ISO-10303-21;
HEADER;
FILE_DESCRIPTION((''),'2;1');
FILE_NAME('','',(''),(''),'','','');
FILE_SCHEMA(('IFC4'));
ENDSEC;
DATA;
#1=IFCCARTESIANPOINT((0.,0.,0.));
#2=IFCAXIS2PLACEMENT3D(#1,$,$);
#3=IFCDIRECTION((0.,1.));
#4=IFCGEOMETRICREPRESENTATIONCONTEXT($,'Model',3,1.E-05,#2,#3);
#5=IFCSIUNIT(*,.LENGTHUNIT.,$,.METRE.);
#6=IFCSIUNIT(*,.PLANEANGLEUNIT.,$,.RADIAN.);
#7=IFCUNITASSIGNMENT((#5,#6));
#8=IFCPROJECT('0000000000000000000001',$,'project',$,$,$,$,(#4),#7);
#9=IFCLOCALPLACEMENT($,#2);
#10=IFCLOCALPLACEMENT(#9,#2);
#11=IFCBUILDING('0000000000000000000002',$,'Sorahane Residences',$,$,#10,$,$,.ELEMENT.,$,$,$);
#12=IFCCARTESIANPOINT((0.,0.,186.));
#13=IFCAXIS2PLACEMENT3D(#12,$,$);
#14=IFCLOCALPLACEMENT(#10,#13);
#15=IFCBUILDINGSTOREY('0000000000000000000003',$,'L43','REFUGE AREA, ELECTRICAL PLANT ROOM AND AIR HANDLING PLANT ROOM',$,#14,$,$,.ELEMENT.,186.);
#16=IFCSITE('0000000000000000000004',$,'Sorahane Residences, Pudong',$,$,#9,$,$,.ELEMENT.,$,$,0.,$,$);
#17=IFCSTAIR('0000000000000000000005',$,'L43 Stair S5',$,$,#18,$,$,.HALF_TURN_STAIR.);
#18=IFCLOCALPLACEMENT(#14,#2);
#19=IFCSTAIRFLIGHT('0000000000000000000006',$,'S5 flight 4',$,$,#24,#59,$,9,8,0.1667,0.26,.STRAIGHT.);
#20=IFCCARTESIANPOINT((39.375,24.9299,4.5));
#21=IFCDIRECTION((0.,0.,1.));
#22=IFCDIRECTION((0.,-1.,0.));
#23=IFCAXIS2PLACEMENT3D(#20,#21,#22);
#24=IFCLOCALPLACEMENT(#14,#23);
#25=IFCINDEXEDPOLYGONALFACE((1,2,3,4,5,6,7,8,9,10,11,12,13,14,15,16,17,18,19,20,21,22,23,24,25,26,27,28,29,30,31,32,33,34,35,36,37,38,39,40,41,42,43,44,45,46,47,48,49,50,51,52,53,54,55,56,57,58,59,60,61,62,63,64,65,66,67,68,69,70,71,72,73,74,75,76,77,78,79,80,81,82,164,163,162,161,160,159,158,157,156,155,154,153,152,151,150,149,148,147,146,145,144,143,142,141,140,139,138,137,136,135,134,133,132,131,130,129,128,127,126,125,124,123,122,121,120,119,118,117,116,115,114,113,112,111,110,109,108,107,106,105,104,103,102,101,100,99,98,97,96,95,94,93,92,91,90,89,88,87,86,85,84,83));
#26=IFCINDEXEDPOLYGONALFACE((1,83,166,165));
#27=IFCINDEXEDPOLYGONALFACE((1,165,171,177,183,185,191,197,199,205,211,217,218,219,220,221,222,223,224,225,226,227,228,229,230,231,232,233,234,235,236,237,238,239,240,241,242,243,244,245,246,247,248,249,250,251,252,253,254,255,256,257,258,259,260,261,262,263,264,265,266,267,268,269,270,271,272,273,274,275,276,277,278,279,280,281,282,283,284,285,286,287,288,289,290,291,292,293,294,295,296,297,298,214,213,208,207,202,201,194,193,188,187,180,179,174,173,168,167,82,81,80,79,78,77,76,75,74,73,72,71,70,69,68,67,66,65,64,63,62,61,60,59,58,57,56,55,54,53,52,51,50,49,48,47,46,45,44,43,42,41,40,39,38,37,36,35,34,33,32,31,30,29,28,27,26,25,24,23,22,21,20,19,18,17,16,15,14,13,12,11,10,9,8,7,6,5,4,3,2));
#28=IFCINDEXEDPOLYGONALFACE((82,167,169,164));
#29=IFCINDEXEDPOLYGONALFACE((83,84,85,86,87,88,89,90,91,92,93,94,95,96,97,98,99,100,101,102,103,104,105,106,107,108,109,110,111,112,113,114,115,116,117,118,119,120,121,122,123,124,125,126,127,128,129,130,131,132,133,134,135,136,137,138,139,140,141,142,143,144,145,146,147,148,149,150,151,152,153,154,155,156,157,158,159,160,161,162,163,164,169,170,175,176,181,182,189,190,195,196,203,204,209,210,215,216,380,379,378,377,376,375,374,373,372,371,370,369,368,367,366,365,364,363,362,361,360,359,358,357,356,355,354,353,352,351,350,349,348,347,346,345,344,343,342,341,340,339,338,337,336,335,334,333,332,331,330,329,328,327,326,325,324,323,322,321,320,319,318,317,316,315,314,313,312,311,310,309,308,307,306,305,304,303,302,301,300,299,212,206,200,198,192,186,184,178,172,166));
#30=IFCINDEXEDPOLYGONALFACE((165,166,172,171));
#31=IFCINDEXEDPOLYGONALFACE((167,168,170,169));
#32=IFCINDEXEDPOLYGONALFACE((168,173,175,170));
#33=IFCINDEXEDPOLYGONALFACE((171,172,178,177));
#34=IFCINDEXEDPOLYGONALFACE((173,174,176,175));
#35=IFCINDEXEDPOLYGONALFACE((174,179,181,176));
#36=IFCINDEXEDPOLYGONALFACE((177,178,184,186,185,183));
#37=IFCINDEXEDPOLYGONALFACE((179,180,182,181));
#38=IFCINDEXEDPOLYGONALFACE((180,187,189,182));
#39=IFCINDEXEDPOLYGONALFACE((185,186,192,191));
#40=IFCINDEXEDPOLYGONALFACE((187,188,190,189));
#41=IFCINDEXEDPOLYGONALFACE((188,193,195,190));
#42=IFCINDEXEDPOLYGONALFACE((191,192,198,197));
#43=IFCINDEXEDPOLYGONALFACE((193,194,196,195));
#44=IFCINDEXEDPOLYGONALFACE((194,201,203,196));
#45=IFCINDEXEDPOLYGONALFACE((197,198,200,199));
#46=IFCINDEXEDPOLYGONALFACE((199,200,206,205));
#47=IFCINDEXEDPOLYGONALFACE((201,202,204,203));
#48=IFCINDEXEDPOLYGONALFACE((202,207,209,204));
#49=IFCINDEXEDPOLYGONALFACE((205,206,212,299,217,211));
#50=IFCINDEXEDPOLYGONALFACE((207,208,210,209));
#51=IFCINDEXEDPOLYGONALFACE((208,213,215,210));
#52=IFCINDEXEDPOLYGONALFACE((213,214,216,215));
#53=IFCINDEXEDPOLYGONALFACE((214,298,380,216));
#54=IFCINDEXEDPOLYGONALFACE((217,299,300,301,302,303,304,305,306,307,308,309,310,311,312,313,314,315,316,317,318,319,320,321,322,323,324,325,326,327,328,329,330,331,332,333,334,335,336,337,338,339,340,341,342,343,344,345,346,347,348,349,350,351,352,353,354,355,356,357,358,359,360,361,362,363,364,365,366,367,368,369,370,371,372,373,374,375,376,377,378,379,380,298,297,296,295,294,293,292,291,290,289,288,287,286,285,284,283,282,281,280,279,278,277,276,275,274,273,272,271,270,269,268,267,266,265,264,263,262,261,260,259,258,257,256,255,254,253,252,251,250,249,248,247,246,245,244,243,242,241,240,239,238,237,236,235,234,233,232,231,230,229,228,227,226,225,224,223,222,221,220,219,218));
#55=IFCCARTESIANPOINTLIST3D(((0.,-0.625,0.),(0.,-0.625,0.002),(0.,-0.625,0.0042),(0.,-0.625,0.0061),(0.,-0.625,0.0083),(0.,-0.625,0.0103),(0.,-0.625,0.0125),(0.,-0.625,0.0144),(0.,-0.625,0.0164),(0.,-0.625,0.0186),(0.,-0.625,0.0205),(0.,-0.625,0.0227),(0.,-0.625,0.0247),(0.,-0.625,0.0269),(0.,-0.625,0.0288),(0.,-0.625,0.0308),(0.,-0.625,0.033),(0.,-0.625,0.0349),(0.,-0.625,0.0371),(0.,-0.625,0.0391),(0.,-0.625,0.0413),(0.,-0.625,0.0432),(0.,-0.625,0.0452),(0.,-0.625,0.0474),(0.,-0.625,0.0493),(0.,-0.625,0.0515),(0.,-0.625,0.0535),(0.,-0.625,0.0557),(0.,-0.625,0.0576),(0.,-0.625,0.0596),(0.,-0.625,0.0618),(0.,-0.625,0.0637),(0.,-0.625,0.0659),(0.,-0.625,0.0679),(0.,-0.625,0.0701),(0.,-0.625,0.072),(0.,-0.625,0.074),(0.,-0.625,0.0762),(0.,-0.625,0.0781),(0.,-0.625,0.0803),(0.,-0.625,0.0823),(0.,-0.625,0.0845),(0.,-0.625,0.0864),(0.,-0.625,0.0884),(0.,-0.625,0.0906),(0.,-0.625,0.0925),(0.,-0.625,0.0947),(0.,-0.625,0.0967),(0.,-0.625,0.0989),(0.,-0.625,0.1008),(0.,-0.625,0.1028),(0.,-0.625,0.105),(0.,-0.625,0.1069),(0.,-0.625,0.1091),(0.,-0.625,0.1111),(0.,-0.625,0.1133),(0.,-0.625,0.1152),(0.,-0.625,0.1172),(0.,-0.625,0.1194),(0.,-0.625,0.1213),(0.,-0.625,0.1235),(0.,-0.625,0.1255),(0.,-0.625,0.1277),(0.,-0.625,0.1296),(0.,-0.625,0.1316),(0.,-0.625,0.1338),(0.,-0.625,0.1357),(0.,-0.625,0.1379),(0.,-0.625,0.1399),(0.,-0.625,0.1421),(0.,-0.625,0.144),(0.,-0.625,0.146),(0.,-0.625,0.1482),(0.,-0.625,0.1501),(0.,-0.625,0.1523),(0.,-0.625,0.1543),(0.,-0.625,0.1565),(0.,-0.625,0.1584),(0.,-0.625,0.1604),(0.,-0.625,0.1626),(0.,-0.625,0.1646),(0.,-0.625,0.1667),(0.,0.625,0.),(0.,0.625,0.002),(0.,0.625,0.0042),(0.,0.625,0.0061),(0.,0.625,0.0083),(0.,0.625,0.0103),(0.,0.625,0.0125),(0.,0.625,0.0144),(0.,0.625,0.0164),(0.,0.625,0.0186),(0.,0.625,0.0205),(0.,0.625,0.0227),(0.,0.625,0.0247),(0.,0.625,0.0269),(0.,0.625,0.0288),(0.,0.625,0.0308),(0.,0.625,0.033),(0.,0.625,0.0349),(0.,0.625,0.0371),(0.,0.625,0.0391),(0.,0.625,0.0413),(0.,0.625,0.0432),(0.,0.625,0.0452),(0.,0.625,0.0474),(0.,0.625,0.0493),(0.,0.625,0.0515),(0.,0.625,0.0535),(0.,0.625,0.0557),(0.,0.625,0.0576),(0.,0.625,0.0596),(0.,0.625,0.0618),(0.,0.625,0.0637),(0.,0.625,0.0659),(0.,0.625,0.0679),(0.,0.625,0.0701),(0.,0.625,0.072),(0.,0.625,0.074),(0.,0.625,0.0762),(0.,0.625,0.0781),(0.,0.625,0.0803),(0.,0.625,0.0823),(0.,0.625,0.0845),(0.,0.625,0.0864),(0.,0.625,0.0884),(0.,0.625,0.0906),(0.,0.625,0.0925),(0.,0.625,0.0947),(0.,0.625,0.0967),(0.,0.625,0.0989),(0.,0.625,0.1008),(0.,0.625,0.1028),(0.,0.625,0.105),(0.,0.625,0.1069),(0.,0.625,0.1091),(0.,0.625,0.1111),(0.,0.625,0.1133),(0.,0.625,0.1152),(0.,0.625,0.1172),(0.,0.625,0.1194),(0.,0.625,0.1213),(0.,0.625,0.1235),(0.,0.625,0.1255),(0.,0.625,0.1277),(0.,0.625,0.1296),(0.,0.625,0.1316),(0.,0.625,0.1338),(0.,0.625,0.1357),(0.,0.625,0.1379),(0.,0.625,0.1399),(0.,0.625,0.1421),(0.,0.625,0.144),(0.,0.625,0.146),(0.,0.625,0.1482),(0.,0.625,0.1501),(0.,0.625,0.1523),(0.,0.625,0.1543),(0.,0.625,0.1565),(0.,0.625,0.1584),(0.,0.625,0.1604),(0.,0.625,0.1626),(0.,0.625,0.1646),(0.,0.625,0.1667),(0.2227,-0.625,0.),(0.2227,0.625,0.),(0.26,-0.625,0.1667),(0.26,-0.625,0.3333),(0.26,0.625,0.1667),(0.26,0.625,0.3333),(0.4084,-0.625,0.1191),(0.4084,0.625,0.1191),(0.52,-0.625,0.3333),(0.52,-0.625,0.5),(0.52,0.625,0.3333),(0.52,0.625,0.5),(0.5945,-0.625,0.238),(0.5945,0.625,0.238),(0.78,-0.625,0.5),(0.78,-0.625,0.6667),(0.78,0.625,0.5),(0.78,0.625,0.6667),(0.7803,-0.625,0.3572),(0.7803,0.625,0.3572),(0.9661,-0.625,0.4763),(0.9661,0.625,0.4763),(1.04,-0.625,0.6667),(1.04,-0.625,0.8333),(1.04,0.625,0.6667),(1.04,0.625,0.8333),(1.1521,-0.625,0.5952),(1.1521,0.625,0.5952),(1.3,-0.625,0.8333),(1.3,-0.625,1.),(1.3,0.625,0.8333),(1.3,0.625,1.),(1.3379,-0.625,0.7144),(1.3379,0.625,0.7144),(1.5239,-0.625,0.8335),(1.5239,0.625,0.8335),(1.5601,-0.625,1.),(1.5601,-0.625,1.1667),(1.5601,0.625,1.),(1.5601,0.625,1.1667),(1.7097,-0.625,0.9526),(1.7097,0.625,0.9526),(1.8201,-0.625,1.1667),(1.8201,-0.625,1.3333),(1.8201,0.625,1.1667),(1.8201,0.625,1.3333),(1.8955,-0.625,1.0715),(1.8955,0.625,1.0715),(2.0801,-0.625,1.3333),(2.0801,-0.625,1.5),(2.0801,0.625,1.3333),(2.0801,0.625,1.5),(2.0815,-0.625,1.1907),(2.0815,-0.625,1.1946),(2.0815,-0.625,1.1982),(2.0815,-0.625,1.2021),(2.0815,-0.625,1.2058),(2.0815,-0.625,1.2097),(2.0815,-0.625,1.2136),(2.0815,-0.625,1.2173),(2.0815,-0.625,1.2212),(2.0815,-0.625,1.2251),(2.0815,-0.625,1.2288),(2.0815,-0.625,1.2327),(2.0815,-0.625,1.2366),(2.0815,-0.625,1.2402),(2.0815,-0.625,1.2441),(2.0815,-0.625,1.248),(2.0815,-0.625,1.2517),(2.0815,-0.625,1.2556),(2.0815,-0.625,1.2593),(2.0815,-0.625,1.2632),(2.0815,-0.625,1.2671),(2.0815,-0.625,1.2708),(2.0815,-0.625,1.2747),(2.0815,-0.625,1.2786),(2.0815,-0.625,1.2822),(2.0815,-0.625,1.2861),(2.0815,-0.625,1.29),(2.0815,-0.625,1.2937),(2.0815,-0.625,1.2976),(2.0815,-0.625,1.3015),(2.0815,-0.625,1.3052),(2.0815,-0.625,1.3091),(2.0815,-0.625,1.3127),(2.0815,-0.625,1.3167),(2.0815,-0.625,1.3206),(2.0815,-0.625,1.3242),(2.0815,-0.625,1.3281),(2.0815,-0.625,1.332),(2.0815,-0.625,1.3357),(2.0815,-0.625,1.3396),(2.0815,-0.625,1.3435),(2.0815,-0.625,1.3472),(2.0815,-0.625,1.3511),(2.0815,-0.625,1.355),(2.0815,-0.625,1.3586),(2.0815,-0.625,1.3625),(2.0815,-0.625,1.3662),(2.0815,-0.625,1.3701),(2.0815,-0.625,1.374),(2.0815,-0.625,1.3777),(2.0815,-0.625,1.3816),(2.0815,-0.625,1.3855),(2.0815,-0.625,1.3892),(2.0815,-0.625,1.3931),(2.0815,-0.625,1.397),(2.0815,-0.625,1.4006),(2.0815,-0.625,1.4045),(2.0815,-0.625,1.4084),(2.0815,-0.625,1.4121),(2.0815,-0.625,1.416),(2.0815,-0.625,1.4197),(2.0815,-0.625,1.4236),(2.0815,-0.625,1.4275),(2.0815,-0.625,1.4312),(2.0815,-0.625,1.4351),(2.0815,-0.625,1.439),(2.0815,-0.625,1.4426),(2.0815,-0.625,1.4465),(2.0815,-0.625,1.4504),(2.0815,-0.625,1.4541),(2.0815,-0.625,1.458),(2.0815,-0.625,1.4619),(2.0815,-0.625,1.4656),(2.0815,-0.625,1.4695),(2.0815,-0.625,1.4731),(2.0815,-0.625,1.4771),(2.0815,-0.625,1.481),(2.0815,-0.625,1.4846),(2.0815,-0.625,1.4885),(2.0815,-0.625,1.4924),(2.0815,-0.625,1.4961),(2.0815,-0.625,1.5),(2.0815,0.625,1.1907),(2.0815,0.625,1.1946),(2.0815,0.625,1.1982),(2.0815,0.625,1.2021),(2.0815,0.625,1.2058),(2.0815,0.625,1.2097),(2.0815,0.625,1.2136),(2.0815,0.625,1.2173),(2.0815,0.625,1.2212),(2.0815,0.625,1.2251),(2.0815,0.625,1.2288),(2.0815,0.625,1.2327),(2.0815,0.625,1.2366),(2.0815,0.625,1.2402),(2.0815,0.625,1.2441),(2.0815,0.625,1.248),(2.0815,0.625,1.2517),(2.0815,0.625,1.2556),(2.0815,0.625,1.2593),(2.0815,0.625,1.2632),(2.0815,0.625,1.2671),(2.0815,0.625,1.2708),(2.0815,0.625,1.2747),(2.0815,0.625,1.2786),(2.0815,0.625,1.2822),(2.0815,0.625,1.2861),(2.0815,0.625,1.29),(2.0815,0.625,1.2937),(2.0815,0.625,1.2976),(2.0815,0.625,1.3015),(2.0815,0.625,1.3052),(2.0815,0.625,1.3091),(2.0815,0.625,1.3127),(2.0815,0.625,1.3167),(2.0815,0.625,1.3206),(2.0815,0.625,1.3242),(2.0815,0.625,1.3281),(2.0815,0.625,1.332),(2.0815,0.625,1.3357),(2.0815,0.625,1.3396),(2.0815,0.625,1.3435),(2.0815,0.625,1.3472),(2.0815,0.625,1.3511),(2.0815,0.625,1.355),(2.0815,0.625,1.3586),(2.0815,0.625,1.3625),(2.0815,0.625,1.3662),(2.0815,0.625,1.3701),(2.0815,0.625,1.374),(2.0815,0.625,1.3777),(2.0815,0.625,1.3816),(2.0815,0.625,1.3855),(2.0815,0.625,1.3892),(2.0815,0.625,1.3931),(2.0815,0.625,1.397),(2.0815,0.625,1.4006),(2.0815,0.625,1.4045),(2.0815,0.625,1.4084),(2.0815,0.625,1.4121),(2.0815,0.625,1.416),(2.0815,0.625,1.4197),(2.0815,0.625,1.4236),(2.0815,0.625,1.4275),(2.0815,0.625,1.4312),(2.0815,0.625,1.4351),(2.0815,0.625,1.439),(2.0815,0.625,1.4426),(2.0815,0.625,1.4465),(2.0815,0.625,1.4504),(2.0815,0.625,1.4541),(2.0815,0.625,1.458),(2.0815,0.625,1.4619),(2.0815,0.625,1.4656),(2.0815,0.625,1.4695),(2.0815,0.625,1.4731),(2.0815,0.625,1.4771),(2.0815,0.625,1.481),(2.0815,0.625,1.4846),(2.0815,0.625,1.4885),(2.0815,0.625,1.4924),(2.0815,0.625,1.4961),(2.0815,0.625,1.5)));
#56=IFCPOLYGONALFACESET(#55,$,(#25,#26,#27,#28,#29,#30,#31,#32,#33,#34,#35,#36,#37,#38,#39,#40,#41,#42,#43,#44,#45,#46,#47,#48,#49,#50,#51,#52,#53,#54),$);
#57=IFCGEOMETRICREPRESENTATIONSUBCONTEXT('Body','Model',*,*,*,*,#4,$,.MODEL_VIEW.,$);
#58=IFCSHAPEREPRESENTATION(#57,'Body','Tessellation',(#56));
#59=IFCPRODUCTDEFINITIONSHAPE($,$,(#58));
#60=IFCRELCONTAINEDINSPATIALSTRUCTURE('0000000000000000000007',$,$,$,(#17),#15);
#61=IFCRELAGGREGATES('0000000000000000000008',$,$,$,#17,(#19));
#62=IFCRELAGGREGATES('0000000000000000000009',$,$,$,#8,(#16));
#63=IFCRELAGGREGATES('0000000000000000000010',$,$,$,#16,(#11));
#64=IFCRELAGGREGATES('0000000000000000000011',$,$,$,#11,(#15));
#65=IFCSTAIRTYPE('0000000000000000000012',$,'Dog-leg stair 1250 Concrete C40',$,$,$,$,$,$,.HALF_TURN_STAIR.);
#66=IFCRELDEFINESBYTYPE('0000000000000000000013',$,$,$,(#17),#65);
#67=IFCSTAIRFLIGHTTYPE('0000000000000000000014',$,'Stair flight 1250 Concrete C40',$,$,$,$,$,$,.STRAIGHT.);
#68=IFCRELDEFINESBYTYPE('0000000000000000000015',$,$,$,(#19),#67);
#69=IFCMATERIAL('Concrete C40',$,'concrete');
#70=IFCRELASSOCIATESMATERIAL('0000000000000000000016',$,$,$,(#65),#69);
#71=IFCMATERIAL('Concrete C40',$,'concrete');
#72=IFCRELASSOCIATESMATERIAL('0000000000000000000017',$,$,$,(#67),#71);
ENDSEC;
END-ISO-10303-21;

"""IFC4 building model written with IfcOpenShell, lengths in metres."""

from ifc_helpers import new_model, si_unit, direction, frame, origin, place, context, subcontext, project, spatial, polyline, outline, extrude, material, type_object, element, aggregate, save


model = new_model("IFC4")

# Units and contexts
model_context = context("Model", 3, precision=1e-05, world=origin(), true_north=direction((0.0, 1.0)))
body_context = subcontext(model_context, "Body", "Model", "MODEL_VIEW")
ifc_project = project(units=[si_unit("LENGTHUNIT", "METRE"), si_unit("PLANEANGLEUNIT", "RADIAN")], contexts=[model_context])

# Site, building, storey
site_placement = place(None, origin())
site = spatial("IfcSite", under=ifc_project, at=site_placement, Name="Sorahane Residences, Pudong", CompositionType="ELEMENT", RefElevation=0.0)
building_placement = place(site_placement, origin())
building = spatial("IfcBuilding", under=site, at=building_placement, Name="Sorahane Residences", CompositionType="ELEMENT")
storey_placement = place(building_placement, frame((0.0, 0.0, 186.0)))
storey = spatial("IfcBuildingStorey", under=building, at=storey_placement, Name="L43", Description="REFUGE AREA, ELECTRICAL PLANT ROOM AND AIR HANDLING PLANT ROOM", CompositionType="ELEMENT", Elevation=186.0)

# Shared definitions
ifc_material_1 = material(Name="Concrete C40", Category="concrete")
stair_type = type_object("IfcStairType", Name="Dog-leg stair 1250 Concrete C40", PredefinedType="HALF_TURN_STAIR", material=ifc_material_1)
ifc_material_2 = material(Name="Concrete C40", Category="concrete")
stair_flight_type = type_object("IfcStairFlightType", Name="Stair flight 1250 Concrete C40", PredefinedType="STRAIGHT", material=ifc_material_2)

# Stair, stair flight
stair_1_placement = place(storey_placement, origin())
stair_1 = element("IfcStair", 1, at=stair_1_placement, inside=storey, type_object=stair_type, Name="L43 Stair S5", PredefinedType="HALF_TURN_STAIR")
stair_flight_1_placement = place(storey_placement, frame((39.375, 24.9299, 4.5), z_axis=(0.0, 0.0, 1.0), x_axis=(0.0, -1.0, 0.0)))
stair_flight_1 = element("IfcStairFlight", 2, at=stair_flight_1_placement, type_object=stair_flight_type, Name="S5 flight 4", NumberOfRisers=9, NumberOfTreads=8, PredefinedType="STRAIGHT", RiserHeight=0.1667, TreadLength=0.26, context=body_context, shape_type="SweptSolid", body=[
    extrude(outline(polyline([(0.0, 0.0), (0.0, 0.002), (0.0, 0.0042), (0.0, 0.0061), (0.0, 0.0083), (0.0, 0.0103), (0.0, 0.0125), (0.0, 0.0144), (0.0, 0.0164), (0.0, 0.0186), (0.0, 0.0205), (0.0, 0.0227), (0.0, 0.0247), (0.0, 0.0269), (0.0, 0.0288), (0.0, 0.0308), (0.0, 0.033), (0.0, 0.0349), (0.0, 0.0371), (0.0, 0.0391), (0.0, 0.0413), (0.0, 0.0432), (0.0, 0.0452), (0.0, 0.0474), (0.0, 0.0493), (0.0, 0.0515), (0.0, 0.0535), (0.0, 0.0557), (0.0, 0.0576), (0.0, 0.0596), (0.0, 0.0618), (0.0, 0.0637), (0.0, 0.0659), (0.0, 0.0679), (0.0, 0.0701), (0.0, 0.072), (0.0, 0.074), (0.0, 0.0762), (0.0, 0.0781), (0.0, 0.0803), (0.0, 0.0823), (0.0, 0.0845), (0.0, 0.0864), (0.0, 0.0884), (0.0, 0.0906), (0.0, 0.0925), (0.0, 0.0947), (0.0, 0.0967), (0.0, 0.0989), (0.0, 0.1008), (0.0, 0.1028), (0.0, 0.105), (0.0, 0.1069), (0.0, 0.1091), (0.0, 0.1111), (0.0, 0.1133), (0.0, 0.1152), (0.0, 0.1172), (0.0, 0.1194), (0.0, 0.1213), (0.0, 0.1235), (0.0, 0.1255), (0.0, 0.1277), (0.0, 0.1296), (0.0, 0.1316), (0.0, 0.1338), (0.0, 0.1357), (0.0, 0.1379), (0.0, 0.1399), (0.0, 0.1421), (0.0, 0.144), (0.0, 0.146), (0.0, 0.1482), (0.0, 0.1501), (0.0, 0.1523), (0.0, 0.1543), (0.0, 0.1565), (0.0, 0.1584), (0.0, 0.1604), (0.0, 0.1626), (0.0, 0.1646), (0.0, 0.1667), (0.26, 0.1667), (0.26, 0.3333), (0.52, 0.3333), (0.52, 0.5), (0.78, 0.5), (0.78, 0.6667), (1.04, 0.6667), (1.04, 0.8333), (1.3, 0.8333), (1.3, 1.0), (1.5601, 1.0), (1.5601, 1.1667), (1.8201, 1.1667), (1.8201, 1.3333), (2.0801, 1.3333), (2.0801, 1.5), (2.0815, 1.5), (2.0815, 1.4961), (2.0815, 1.4924), (2.0815, 1.4885), (2.0815, 1.4846), (2.0815, 1.481), (2.0815, 1.4771), (2.0815, 1.4731), (2.0815, 1.4695), (2.0815, 1.4656), (2.0815, 1.4619), (2.0815, 1.458), (2.0815, 1.4541), (2.0815, 1.4504), (2.0815, 1.4465), (2.0815, 1.4426), (2.0815, 1.439), (2.0815, 1.4351), (2.0815, 1.4312), (2.0815, 1.4275), (2.0815, 1.4236), (2.0815, 1.4197), (2.0815, 1.416), (2.0815, 1.4121), (2.0815, 1.4084), (2.0815, 1.4045), (2.0815, 1.4006), (2.0815, 1.397), (2.0815, 1.3931), (2.0815, 1.3892), (2.0815, 1.3855), (2.0815, 1.3816), (2.0815, 1.3777), (2.0815, 1.374), (2.0815, 1.3701), (2.0815, 1.3662), (2.0815, 1.3625), (2.0815, 1.3586), (2.0815, 1.355), (2.0815, 1.3511), (2.0815, 1.3472), (2.0815, 1.3435), (2.0815, 1.3396), (2.0815, 1.3357), (2.0815, 1.332), (2.0815, 1.3281), (2.0815, 1.3242), (2.0815, 1.3206), (2.0815, 1.3167), (2.0815, 1.3127), (2.0815, 1.3091), (2.0815, 1.3052), (2.0815, 1.3015), (2.0815, 1.2976), (2.0815, 1.2937), (2.0815, 1.29), (2.0815, 1.2861), (2.0815, 1.2822), (2.0815, 1.2786), (2.0815, 1.2747), (2.0815, 1.2708), (2.0815, 1.2671), (2.0815, 1.2632), (2.0815, 1.2593), (2.0815, 1.2556), (2.0815, 1.2517), (2.0815, 1.248), (2.0815, 1.2441), (2.0815, 1.2402), (2.0815, 1.2366), (2.0815, 1.2327), (2.0815, 1.2288), (2.0815, 1.2251), (2.0815, 1.2212), (2.0815, 1.2173), (2.0815, 1.2136), (2.0815, 1.2097), (2.0815, 1.2058), (2.0815, 1.2021), (2.0815, 1.1982), (2.0815, 1.1946), (2.0815, 1.1907), (1.8955, 1.0715), (1.7097, 0.9526), (1.5239, 0.8335), (1.3379, 0.7144), (1.1521, 0.5952), (0.9661, 0.4763), (0.7803, 0.3572), (0.5945, 0.238), (0.4084, 0.1191), (0.2227, 0.0), (0.0, 0.0)])), frame((0.0, 0.625, 0.0), z_axis=(0.0, -1.0, 0.0), x_axis=(1.0, 0.0, 0.0)), (0.0, 0.0, 1.0), 1.25),
])
aggregate(stair_1, [stair_flight_1])

save(model, "model.ifc")
